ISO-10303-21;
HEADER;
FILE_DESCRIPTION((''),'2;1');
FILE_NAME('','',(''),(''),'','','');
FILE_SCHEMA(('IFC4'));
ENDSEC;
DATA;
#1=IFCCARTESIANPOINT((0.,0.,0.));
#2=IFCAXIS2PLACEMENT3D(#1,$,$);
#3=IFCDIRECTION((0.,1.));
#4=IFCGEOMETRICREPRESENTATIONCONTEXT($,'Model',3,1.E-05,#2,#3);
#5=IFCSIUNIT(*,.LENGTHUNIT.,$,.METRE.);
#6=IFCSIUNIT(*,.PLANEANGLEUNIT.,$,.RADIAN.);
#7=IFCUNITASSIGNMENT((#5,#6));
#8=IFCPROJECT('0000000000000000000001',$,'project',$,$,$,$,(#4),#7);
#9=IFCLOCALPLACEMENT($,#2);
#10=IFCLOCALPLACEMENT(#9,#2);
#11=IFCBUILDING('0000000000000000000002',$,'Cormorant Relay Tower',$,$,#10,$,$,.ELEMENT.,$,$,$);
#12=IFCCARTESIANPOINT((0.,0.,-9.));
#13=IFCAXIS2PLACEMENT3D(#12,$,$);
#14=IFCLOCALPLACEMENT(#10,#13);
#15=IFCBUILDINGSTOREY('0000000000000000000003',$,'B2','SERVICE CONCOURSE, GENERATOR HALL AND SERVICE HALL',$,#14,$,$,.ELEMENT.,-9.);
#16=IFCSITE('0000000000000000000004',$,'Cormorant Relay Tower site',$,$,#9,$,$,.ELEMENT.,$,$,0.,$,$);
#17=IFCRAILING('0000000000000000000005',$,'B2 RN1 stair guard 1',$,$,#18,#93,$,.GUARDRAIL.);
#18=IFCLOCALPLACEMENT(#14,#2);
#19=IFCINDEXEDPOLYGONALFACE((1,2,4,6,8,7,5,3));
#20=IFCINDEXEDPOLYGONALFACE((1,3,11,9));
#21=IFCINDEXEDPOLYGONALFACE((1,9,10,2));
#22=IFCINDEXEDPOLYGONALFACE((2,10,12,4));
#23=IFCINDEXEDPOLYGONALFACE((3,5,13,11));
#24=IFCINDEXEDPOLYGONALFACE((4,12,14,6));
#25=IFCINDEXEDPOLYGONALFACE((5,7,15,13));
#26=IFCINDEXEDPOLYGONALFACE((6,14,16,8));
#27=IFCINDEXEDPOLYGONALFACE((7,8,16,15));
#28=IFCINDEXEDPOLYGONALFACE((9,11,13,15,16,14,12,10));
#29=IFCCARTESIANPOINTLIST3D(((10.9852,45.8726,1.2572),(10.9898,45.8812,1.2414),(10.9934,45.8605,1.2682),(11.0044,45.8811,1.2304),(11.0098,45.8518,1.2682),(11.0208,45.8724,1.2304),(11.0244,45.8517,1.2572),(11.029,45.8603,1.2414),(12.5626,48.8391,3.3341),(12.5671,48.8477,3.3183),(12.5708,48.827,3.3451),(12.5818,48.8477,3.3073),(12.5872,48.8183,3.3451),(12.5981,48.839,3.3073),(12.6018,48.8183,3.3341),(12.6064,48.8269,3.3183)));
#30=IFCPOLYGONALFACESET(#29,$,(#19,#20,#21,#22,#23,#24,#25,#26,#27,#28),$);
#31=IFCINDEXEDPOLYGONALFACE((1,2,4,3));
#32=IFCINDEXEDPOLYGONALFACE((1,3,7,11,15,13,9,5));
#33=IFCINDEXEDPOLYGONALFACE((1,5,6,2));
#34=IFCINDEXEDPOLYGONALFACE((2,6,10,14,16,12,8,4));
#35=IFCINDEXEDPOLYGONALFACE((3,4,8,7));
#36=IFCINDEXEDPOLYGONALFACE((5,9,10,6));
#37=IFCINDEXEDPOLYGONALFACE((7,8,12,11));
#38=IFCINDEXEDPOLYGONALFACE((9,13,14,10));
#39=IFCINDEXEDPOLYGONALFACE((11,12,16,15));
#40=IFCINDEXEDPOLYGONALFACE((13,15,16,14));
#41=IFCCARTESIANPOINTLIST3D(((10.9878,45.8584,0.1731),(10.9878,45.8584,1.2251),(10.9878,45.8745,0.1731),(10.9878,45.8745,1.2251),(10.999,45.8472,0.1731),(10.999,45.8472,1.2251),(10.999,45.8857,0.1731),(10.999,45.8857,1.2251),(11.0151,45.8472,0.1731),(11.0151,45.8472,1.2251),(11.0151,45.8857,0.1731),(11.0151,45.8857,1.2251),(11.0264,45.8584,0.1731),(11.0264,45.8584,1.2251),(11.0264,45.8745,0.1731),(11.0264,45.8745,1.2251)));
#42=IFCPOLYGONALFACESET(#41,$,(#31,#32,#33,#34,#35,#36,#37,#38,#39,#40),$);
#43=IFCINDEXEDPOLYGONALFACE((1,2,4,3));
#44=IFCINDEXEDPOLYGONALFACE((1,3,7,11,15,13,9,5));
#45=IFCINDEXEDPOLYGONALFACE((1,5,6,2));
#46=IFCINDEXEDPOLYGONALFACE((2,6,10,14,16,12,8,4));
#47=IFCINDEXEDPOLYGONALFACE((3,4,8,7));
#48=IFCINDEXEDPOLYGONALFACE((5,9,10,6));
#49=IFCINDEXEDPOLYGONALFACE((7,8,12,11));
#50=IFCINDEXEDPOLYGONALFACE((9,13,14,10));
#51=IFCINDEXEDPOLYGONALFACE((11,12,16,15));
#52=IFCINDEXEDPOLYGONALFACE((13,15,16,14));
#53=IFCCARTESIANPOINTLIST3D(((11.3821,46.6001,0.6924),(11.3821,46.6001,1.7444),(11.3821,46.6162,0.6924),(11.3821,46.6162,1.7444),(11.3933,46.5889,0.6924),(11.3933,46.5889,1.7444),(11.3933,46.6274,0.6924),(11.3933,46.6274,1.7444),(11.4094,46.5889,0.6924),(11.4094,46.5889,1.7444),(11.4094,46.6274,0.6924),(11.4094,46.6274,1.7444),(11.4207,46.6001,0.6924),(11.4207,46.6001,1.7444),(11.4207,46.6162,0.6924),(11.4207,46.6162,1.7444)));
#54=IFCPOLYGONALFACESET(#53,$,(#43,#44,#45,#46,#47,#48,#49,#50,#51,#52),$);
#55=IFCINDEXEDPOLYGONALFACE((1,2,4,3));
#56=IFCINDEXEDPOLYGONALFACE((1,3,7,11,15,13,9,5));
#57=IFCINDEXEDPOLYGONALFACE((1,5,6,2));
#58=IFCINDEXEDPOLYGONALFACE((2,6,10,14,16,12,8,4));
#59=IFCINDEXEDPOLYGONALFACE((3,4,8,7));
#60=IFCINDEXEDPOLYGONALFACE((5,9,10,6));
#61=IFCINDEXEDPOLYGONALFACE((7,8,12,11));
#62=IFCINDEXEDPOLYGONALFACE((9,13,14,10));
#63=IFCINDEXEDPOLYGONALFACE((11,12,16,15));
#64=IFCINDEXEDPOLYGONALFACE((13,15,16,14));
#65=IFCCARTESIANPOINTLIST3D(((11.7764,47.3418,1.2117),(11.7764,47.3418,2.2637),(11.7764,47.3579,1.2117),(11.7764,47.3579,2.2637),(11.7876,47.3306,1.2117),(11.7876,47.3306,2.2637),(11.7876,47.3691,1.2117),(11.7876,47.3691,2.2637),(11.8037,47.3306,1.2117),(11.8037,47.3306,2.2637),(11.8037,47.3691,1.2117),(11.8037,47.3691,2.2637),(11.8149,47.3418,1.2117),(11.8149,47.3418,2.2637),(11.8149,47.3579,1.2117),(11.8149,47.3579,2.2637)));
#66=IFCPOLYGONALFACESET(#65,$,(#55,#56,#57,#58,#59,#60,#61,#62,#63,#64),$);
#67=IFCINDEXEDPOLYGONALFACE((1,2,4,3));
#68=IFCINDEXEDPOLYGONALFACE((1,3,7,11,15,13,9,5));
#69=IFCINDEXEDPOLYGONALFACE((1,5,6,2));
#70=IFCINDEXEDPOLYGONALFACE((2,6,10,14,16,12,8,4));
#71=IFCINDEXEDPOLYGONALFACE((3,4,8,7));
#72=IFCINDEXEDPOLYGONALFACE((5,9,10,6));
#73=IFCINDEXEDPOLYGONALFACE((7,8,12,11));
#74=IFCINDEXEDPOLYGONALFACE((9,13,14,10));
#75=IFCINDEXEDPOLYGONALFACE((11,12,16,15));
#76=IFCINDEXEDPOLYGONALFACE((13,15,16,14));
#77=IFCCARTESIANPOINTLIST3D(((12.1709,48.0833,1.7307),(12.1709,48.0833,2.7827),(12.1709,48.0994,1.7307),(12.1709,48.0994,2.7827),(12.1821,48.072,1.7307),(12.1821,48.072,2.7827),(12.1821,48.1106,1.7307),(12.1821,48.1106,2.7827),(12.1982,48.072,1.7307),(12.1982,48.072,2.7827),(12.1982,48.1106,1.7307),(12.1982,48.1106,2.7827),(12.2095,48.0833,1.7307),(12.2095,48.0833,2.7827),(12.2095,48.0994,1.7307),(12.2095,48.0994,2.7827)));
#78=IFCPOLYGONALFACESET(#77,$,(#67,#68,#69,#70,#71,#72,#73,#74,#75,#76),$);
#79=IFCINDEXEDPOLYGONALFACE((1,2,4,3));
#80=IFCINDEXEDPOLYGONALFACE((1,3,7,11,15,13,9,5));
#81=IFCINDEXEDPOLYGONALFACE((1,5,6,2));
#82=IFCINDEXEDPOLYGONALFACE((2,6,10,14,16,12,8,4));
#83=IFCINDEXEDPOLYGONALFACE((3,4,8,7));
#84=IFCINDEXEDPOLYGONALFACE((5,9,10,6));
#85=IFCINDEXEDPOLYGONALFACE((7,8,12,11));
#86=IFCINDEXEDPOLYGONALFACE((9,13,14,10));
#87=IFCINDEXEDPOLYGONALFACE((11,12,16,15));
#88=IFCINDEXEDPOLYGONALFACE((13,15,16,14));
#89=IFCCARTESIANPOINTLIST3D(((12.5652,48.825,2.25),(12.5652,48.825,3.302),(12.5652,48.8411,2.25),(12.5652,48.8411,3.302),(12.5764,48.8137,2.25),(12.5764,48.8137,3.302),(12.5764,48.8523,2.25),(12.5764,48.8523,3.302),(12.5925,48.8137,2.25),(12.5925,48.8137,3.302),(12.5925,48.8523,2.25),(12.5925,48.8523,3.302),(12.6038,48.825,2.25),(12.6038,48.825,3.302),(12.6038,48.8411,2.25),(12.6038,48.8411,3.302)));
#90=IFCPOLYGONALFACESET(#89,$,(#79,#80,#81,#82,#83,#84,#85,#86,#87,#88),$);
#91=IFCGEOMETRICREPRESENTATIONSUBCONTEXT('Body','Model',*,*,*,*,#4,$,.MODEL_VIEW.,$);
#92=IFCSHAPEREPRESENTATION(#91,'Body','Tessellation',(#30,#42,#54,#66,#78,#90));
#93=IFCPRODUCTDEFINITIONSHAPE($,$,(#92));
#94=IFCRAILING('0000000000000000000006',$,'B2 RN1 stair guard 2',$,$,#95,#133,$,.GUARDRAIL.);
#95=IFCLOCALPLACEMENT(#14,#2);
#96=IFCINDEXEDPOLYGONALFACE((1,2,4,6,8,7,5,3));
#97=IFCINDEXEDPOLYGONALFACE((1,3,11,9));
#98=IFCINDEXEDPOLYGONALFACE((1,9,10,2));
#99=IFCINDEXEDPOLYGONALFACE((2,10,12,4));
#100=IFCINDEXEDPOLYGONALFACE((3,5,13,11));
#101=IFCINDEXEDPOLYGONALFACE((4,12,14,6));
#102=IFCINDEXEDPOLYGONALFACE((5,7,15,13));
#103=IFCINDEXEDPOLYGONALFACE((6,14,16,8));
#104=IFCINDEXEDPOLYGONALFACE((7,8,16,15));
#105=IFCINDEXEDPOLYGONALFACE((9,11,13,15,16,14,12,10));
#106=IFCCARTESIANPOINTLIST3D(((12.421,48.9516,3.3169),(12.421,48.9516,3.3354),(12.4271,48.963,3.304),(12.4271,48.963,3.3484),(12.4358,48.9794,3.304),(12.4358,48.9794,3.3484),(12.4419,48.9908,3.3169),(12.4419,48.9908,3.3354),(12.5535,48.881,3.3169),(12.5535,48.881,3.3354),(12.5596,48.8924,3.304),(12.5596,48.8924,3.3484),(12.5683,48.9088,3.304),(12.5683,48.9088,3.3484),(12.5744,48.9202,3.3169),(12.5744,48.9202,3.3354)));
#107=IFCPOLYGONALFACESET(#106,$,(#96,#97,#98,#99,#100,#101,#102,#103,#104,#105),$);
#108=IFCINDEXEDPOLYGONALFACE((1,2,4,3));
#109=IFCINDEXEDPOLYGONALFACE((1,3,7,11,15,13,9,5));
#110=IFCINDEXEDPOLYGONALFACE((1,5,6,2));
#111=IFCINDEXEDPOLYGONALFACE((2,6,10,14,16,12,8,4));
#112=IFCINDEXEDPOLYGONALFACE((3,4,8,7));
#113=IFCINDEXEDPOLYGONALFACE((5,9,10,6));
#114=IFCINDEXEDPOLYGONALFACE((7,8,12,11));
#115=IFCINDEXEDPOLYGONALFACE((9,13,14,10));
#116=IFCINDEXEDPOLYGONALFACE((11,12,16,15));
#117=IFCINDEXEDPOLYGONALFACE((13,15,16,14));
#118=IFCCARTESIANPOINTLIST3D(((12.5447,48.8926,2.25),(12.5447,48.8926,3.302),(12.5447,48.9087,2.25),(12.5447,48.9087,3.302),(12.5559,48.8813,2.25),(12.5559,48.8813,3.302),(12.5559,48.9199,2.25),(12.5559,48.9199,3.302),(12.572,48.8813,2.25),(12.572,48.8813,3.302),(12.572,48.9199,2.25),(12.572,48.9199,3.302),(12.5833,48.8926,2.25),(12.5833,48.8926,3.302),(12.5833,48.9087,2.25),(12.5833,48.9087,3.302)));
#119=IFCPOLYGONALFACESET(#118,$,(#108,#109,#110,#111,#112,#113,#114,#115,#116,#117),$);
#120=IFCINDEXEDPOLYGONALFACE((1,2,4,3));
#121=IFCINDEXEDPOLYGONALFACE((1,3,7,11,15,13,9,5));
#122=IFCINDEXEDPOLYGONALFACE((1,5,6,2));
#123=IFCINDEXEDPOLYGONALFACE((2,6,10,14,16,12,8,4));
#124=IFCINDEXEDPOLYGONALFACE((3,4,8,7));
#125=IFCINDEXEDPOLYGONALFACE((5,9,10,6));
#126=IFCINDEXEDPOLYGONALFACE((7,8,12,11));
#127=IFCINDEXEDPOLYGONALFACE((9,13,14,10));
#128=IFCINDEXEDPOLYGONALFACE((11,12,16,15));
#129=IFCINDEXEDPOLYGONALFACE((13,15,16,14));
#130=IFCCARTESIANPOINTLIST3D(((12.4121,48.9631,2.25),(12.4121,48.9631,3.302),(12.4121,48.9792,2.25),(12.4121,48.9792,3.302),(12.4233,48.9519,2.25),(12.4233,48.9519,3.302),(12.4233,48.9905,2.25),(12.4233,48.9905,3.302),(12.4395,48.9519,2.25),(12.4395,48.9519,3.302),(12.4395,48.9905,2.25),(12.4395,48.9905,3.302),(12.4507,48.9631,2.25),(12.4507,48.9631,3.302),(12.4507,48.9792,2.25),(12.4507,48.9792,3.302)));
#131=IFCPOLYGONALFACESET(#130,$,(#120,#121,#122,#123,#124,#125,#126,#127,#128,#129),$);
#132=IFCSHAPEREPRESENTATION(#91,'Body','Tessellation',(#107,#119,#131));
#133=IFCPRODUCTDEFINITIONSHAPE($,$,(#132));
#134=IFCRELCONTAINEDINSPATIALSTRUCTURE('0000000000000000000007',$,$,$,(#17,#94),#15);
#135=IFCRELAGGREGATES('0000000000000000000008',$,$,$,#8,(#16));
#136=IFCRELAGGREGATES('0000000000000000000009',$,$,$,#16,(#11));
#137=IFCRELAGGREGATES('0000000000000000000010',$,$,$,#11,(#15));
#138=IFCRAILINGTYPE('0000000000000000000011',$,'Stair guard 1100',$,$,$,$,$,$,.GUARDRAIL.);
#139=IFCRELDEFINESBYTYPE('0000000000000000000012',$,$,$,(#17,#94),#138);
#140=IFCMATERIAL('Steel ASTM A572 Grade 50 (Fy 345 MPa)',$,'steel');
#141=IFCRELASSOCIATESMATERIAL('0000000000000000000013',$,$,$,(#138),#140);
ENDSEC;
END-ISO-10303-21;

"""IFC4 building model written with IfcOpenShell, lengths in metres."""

from ifc_helpers import new_model, si_unit, direction, frame, origin, place, context, subcontext, project, spatial, polyline, outline, extrude, material, type_object, element, save


model = new_model("IFC4")

# Units and contexts
model_context = context("Model", 3, precision=1e-05, world=origin(), true_north=direction((0.0, 1.0)))
body_context = subcontext(model_context, "Body", "Model", "MODEL_VIEW")
ifc_project = project(units=[si_unit("LENGTHUNIT", "METRE"), si_unit("PLANEANGLEUNIT", "RADIAN")], contexts=[model_context])

# Site, building, storey
site_placement = place(None, origin())
site = spatial("IfcSite", under=ifc_project, at=site_placement, Name="Cormorant Relay Tower site", CompositionType="ELEMENT", RefElevation=0.0)
building_placement = place(site_placement, origin())
building = spatial("IfcBuilding", under=site, at=building_placement, Name="Cormorant Relay Tower", CompositionType="ELEMENT")
storey_placement = place(building_placement, frame((0.0, 0.0, -9.0)))
storey = spatial("IfcBuildingStorey", under=building, at=storey_placement, Name="B2", Description="SERVICE CONCOURSE, GENERATOR HALL AND SERVICE HALL", CompositionType="ELEMENT", Elevation=-9.0)

# Railings
ifc_material_1 = material(Name="Steel ASTM A572 Grade 50 (Fy 345 MPa)", Category="steel")
railing_type_1 = type_object("IfcRailingType", Name="Stair guard 1100", PredefinedType="GUARDRAIL", material=ifc_material_1)
railing_1_placement = place(storey_placement, frame((11.0071, 45.8665, 0.1731)))
element("IfcRailing", 1, at=railing_1_placement, inside=storey, type_object=railing_type_1, Name="B2 RN1 stair guard 1", PredefinedType="GUARDRAIL", context=body_context, shape_type="SweptSolid", body=[
    extrude(outline(polyline([(0.0222, 0.0093), (0.0093, 0.0222), (-0.0093, 0.0222), (-0.0222, 0.0093), (-0.0222, -0.0093), (-0.0093, -0.0222), (0.0093, -0.0222), (0.0222, -0.0093), (0.0222, 0.0093)])), frame((0.0, 0.0, 1.0762), z_axis=(0.399345, 0.751035, 0.525805), x_axis=(-0.882942, 0.469483, 0.0)), (0.0, 0.0, 1.0), 3.95),
    extrude(outline(polyline([(0.0193, 0.0081), (0.0081, 0.0193), (-0.0081, 0.0193), (-0.0193, 0.0081), (-0.0193, -0.0081), (-0.0081, -0.0193), (0.0081, -0.0193), (0.0193, -0.0081), (0.0193, 0.0081)])), origin(), (0.0, 0.0, 1.0), 1.052),
    extrude(outline(polyline([(0.0193, 0.0081), (0.0081, 0.0193), (-0.0081, 0.0193), (-0.0193, 0.0081), (-0.0193, -0.0081), (-0.0081, -0.0193), (0.0081, -0.0193), (0.0193, -0.0081), (0.0193, 0.0081)])), frame((0.3943, 0.7417, 0.5193)), (0.0, 0.0, 1.0), 1.052),
    extrude(outline(polyline([(0.0193, 0.0081), (0.0081, 0.0193), (-0.0081, 0.0193), (-0.0193, 0.0081), (-0.0193, -0.0081), (-0.0081, -0.0193), (0.0081, -0.0193), (0.0193, -0.0081), (0.0193, 0.0081)])), frame((0.7886, 1.4834, 1.0386)), (0.0, 0.0, 1.0), 1.052),
    extrude(outline(polyline([(0.0193, 0.0081), (0.0081, 0.0193), (-0.0081, 0.0193), (-0.0193, 0.0081), (-0.0193, -0.0081), (-0.0081, -0.0193), (0.0081, -0.0193), (0.0193, -0.0081), (0.0193, 0.0081)])), frame((1.1831, 2.2249, 1.5576)), (0.0, 0.0, 1.0), 1.052),
    extrude(outline(polyline([(0.0193, 0.0081), (0.0081, 0.0193), (-0.0081, 0.0193), (-0.0193, 0.0081), (-0.0193, -0.0081), (-0.0081, -0.0193), (0.0081, -0.0193), (0.0193, -0.0081), (0.0193, 0.0081)])), frame((1.5774, 2.9666, 2.0769)), (0.0, 0.0, 1.0), 1.052),
])
railing_2_placement = place(storey_placement, frame((12.564, 48.9006, 2.25)))
element("IfcRailing", 2, at=railing_2_placement, inside=storey, type_object=railing_type_1, Name="B2 RN1 stair guard 2", PredefinedType="GUARDRAIL", context=body_context, shape_type="SweptSolid", body=[
    extrude(outline(polyline([(0.0222, 0.0093), (0.0093, 0.0222), (-0.0093, 0.0222), (-0.0222, 0.0093), (-0.0222, -0.0093), (-0.0093, -0.0222), (0.0093, -0.0222), (0.0222, -0.0093), (0.0222, 0.0093)])), frame((0.0, 0.0, 1.0762), z_axis=(-0.882758, 0.469829, 0.0), x_axis=(-0.469829, -0.882758, 0.0)), (0.0, 0.0, 1.0), 0.1501),
    extrude(outline(polyline([(0.0193, 0.0081), (0.0081, 0.0193), (-0.0081, 0.0193), (-0.0193, 0.0081), (-0.0193, -0.0081), (-0.0081, -0.0193), (0.0081, -0.0193), (0.0193, -0.0081), (0.0193, 0.0081)])), origin(), (0.0, 0.0, 1.0), 1.052),
    extrude(outline(polyline([(0.0193, 0.0081), (0.0081, 0.0193), (-0.0081, 0.0193), (-0.0193, 0.0081), (-0.0193, -0.0081), (-0.0081, -0.0193), (0.0081, -0.0193), (0.0193, -0.0081), (0.0193, 0.0081)])), frame((-0.1326, 0.0706, 0.0)), (0.0, 0.0, 1.0), 1.052),
])

save(model, "model.ifc")
